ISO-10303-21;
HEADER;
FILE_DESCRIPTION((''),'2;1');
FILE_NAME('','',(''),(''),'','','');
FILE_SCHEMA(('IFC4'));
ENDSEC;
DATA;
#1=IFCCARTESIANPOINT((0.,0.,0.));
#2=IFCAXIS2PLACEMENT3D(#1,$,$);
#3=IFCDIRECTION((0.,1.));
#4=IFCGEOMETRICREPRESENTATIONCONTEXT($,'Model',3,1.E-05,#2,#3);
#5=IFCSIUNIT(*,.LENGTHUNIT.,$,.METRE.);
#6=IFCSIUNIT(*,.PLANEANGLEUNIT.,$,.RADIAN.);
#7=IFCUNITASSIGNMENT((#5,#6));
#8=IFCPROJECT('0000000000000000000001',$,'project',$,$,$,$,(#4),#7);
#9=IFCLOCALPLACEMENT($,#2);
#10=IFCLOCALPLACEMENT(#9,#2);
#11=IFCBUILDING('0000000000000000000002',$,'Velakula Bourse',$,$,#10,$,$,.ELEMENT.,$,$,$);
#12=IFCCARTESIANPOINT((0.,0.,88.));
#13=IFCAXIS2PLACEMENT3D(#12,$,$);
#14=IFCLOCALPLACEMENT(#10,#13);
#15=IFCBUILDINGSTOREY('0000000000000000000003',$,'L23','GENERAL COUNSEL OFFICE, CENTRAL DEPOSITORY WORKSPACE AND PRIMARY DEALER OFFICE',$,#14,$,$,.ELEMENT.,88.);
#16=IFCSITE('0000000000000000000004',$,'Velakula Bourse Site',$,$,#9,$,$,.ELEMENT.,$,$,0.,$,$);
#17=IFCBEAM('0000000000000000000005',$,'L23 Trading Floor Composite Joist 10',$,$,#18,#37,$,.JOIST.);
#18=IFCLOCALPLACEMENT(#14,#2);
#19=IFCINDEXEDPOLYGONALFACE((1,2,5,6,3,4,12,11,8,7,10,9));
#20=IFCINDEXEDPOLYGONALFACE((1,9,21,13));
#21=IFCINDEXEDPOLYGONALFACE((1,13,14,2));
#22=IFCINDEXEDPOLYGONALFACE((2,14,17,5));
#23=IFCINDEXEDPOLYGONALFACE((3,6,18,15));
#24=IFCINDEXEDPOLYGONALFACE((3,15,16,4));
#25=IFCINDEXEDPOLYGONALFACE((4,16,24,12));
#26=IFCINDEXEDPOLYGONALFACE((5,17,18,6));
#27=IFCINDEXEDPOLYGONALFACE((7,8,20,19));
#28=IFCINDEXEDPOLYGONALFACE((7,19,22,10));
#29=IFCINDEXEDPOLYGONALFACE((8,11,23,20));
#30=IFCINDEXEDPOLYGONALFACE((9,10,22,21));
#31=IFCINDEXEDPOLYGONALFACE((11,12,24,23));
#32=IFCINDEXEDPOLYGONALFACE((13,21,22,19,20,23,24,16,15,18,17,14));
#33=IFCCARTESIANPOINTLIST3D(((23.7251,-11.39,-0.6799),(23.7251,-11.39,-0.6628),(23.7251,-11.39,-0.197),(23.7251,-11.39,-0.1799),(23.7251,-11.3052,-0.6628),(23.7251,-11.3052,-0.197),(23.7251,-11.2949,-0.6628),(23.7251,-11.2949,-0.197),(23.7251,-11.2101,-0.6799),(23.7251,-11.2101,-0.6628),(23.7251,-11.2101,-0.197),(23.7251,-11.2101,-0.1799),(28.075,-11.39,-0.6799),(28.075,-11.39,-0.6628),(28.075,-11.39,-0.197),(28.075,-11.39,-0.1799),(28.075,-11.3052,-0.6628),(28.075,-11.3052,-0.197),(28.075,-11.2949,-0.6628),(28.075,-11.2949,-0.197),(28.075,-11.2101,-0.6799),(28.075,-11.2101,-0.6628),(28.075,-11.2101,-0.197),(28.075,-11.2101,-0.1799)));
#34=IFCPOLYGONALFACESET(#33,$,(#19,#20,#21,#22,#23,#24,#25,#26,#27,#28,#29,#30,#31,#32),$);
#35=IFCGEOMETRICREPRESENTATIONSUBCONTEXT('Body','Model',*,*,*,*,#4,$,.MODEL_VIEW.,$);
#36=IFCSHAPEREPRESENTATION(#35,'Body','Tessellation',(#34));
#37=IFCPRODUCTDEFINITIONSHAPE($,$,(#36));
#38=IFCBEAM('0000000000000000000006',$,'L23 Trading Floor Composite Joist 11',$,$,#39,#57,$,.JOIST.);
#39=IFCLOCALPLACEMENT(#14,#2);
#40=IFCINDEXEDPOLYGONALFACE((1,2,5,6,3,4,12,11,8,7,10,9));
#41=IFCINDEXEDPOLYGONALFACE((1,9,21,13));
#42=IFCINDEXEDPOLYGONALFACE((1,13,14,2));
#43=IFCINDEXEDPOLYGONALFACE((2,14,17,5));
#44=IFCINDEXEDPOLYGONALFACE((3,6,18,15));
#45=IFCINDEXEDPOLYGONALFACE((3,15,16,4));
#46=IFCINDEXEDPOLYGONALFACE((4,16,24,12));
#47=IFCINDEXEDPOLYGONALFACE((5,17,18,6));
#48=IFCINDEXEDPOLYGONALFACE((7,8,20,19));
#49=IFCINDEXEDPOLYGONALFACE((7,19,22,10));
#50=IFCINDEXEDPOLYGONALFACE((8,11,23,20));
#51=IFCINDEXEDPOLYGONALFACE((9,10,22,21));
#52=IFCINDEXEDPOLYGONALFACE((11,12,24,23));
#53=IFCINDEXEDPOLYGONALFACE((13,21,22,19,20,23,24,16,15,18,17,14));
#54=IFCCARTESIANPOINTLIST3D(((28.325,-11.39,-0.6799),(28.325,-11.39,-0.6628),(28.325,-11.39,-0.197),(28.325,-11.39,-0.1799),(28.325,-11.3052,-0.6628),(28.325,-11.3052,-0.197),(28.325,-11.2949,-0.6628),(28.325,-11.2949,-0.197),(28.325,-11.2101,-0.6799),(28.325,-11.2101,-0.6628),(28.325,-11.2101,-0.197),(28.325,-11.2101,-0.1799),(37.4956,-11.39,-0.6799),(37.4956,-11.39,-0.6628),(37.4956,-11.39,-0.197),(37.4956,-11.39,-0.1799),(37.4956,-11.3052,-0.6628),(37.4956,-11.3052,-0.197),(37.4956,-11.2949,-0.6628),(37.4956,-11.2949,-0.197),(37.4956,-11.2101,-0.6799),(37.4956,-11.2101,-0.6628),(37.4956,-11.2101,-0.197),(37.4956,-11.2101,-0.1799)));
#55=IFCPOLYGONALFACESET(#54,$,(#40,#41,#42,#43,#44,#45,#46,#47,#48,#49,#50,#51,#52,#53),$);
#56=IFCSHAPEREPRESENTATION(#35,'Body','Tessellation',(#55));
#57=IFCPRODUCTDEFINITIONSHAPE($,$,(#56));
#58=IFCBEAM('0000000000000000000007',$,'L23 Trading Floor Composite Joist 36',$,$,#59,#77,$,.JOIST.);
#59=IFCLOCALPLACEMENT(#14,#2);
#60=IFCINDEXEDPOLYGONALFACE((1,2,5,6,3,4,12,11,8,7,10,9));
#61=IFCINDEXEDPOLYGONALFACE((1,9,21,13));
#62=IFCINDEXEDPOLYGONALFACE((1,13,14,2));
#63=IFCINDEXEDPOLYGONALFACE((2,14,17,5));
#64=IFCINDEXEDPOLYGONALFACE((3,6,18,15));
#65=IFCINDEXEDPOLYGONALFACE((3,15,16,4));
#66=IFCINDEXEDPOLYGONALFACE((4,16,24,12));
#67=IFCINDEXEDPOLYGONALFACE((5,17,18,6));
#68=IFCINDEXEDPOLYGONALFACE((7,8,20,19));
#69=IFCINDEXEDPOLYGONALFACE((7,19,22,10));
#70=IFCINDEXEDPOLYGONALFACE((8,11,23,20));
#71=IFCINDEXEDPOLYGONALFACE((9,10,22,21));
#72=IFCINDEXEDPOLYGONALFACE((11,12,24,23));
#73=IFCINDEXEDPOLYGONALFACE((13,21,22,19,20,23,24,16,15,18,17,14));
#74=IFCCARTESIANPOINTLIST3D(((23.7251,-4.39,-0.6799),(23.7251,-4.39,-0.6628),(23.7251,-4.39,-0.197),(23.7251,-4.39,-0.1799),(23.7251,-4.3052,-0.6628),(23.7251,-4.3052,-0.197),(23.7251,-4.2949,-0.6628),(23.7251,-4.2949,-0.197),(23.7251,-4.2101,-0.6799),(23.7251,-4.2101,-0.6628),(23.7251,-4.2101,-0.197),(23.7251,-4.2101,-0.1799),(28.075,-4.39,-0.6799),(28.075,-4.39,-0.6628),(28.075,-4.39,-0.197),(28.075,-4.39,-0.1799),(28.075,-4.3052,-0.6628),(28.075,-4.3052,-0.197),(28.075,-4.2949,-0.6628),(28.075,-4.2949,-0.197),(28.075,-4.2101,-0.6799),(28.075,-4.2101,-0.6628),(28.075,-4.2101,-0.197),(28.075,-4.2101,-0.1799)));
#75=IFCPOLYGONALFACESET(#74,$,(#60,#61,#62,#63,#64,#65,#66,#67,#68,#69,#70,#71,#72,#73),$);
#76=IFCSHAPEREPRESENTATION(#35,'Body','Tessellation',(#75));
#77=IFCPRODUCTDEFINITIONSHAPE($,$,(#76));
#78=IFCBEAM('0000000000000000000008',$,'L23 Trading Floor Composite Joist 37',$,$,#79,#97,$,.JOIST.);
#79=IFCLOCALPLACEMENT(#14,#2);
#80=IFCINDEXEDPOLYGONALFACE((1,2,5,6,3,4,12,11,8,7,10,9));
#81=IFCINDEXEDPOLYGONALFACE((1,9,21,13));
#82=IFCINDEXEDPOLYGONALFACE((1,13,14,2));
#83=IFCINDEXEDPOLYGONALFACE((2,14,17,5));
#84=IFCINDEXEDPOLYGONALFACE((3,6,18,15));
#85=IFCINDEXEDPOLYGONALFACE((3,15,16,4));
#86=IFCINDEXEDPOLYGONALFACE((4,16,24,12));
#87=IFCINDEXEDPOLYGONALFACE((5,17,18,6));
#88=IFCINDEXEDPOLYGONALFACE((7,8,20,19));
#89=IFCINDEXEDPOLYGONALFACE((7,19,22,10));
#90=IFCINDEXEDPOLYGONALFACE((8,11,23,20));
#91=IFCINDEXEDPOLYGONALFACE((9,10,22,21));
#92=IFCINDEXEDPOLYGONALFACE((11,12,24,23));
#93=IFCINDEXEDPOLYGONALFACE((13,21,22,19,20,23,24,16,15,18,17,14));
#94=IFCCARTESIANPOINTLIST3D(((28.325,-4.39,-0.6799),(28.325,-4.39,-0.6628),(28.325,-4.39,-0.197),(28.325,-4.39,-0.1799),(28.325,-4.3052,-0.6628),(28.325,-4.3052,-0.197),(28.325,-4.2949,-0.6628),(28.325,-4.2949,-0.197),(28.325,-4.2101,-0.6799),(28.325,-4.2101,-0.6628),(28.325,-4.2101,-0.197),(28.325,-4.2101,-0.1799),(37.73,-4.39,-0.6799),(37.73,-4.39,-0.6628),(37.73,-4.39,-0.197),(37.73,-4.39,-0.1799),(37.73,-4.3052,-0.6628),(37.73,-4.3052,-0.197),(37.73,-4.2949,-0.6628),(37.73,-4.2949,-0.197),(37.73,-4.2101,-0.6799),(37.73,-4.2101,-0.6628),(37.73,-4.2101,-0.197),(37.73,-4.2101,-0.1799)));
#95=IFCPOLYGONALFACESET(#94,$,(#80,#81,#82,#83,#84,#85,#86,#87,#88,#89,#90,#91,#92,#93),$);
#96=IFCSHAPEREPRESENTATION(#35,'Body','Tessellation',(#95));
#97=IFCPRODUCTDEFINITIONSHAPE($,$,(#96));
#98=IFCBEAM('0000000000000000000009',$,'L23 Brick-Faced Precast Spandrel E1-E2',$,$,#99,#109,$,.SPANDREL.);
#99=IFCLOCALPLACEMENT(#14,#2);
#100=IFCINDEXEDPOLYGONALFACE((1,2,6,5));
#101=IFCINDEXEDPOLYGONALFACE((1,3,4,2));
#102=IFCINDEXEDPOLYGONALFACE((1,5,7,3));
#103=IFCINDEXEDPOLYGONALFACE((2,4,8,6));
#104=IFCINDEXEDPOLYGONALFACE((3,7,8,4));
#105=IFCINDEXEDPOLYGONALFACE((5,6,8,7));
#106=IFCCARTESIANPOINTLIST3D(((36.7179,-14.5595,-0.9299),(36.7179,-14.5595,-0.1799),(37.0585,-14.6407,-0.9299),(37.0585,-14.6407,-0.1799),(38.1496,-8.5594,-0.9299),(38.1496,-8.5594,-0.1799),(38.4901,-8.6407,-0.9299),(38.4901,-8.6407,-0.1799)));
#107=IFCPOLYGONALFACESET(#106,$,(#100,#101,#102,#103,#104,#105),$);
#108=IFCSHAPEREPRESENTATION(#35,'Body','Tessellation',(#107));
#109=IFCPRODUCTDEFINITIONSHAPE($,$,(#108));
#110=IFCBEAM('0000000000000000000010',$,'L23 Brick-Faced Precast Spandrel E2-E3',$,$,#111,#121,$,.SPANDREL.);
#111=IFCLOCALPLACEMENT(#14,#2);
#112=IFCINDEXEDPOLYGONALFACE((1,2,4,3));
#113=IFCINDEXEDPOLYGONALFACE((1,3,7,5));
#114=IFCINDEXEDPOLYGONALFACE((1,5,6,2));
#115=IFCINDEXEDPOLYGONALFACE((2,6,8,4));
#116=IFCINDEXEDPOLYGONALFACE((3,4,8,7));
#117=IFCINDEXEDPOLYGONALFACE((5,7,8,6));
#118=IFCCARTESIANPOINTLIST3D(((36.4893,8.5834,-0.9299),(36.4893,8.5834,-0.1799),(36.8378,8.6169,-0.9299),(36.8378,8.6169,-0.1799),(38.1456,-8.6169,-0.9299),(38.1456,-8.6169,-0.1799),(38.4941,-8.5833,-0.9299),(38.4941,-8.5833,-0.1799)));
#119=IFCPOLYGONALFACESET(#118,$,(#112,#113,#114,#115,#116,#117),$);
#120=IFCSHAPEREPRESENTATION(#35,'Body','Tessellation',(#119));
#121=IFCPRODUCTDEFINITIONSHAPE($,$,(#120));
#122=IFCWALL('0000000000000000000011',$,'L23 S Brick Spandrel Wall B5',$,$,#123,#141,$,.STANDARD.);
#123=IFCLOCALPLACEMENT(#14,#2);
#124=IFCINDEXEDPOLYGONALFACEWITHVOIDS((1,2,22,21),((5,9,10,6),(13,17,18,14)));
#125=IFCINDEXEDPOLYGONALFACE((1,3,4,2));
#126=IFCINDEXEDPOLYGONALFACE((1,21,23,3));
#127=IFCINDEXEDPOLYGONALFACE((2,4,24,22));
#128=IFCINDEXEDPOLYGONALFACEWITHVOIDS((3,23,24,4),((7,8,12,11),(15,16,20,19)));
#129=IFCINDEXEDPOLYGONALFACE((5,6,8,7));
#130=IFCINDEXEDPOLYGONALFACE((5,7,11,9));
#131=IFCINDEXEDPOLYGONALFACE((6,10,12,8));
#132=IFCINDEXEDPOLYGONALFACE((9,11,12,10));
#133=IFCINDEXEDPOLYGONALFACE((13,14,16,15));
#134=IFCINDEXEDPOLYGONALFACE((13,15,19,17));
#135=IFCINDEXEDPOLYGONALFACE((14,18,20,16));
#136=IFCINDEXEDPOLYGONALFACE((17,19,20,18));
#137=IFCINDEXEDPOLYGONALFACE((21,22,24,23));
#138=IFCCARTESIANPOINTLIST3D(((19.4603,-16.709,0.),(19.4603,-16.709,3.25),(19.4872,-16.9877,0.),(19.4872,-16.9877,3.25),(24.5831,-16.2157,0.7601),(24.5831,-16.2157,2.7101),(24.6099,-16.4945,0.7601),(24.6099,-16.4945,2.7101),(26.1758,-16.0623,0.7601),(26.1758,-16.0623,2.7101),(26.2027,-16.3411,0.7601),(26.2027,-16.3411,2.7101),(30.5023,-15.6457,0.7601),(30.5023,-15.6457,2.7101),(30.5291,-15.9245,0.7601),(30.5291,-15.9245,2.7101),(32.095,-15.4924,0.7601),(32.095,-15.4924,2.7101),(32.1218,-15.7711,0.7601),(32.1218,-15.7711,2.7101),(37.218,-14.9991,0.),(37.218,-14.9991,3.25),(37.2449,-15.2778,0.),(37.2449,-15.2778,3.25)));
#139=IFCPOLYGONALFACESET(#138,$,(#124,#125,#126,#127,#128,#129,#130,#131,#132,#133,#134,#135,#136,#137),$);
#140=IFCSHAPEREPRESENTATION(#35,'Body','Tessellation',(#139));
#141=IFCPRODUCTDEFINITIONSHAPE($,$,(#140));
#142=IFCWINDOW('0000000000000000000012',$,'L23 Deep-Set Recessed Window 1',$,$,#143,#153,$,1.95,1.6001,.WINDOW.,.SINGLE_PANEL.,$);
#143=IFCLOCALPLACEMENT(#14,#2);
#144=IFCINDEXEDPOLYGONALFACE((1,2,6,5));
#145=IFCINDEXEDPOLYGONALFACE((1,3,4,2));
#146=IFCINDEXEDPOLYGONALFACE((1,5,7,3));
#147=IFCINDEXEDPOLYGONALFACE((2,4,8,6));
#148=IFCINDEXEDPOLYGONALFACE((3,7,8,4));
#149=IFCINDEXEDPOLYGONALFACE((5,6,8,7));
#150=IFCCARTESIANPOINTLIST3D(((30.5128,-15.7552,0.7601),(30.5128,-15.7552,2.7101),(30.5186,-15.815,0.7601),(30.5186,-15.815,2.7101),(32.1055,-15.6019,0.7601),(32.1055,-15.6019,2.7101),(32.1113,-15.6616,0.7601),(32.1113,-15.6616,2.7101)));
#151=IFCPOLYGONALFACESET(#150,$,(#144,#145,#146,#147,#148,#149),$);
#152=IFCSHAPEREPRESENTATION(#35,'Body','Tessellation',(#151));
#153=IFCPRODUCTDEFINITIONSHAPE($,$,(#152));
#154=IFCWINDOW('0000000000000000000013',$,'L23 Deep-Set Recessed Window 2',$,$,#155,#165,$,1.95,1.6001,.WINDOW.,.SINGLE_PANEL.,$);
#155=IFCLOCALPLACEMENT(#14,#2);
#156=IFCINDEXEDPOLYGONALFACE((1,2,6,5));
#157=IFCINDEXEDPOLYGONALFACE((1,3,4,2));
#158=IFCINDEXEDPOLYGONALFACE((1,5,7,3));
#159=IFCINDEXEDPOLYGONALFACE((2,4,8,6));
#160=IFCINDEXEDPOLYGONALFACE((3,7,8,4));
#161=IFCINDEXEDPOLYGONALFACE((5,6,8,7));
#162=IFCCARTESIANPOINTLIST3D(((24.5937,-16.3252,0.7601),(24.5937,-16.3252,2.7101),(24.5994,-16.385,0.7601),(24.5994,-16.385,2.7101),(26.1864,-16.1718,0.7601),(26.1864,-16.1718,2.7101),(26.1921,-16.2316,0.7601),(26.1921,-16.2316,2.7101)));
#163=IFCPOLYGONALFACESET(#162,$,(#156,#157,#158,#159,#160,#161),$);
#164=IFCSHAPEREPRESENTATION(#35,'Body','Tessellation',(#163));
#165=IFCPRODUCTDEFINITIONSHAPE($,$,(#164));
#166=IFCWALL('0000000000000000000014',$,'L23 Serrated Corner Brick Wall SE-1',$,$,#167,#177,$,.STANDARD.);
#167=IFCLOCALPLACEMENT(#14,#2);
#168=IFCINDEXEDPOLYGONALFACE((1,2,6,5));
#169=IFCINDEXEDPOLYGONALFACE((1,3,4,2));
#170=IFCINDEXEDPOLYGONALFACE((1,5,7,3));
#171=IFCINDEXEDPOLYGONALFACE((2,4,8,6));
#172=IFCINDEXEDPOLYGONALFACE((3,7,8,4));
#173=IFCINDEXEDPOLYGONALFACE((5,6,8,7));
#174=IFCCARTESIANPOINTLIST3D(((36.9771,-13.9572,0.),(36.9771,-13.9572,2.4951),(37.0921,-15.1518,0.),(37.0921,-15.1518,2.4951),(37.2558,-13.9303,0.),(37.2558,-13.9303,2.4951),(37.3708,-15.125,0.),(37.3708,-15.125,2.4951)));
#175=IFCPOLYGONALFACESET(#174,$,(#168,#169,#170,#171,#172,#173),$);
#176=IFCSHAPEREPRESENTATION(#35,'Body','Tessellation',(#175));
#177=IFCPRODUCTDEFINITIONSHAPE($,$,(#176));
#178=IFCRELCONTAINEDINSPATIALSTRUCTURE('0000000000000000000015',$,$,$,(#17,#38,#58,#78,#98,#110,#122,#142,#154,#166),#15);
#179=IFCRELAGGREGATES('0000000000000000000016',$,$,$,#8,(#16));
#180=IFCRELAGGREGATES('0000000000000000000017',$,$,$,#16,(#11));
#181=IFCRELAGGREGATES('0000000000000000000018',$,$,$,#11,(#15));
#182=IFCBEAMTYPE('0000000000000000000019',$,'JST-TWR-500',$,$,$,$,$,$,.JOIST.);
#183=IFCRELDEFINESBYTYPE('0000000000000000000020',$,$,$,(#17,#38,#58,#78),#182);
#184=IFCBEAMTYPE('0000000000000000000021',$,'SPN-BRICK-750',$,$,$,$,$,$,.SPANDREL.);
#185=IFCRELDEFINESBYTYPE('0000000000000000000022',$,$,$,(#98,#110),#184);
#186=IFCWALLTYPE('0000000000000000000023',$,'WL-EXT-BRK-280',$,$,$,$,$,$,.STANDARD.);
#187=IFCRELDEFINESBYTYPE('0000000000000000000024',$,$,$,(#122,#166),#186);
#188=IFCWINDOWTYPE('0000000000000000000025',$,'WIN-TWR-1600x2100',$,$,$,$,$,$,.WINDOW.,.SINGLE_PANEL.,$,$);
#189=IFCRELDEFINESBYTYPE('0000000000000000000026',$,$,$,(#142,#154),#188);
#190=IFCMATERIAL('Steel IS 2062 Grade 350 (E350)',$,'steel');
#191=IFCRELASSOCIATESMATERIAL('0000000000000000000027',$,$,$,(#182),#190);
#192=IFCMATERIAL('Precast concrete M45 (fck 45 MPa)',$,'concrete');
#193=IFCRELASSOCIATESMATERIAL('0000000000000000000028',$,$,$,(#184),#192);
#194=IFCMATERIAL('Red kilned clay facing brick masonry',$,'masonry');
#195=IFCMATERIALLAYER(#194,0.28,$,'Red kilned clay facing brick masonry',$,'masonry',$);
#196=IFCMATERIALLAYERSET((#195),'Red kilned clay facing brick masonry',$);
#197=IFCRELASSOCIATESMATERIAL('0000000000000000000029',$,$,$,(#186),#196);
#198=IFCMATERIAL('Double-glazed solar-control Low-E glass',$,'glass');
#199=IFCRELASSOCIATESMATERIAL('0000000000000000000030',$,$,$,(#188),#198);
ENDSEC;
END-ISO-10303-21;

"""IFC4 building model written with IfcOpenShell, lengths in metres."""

from ifc_helpers import new_model, si_unit, direction, frame, frame_2d, origin, origin_2d, place, context, subcontext, project, spatial, rectangle, i_section, extrude, material, layer, layer_set, material_profile, profile_set, type_object, element, fill, save


model = new_model("IFC4")

# Units and contexts
model_context = context("Model", 3, precision=1e-05, world=origin(), true_north=direction((0.0, 1.0)))
body_context = subcontext(model_context, "Body", "Model", "MODEL_VIEW")
ifc_project = project(units=[si_unit("LENGTHUNIT", "METRE"), si_unit("PLANEANGLEUNIT", "RADIAN")], contexts=[model_context])

# Site, building, storey
site_placement = place(None, origin())
site = spatial("IfcSite", under=ifc_project, at=site_placement, Name="Velakula Bourse Site", CompositionType="ELEMENT", RefElevation=0.0)
building_placement = place(site_placement, origin())
building = spatial("IfcBuilding", under=site, at=building_placement, Name="Velakula Bourse", CompositionType="ELEMENT")
storey_placement = place(building_placement, frame((0.0, 0.0, 88.0)))
storey = spatial("IfcBuildingStorey", under=building, at=storey_placement, Name="L23", Description="GENERAL COUNSEL OFFICE, CENTRAL DEPOSITORY WORKSPACE AND PRIMARY DEALER OFFICE", CompositionType="ELEMENT", Elevation=88.0)

# Beams
ifc_material_1 = material(Name="Steel IS 2062 Grade 350 (E350)", Category="steel")
ifc_material_profile_1 = material_profile(ifc_material_1, i_section(OverallWidth=0.1799, OverallDepth=0.5, WebThickness=0.0103, FlangeThickness=0.0171, at=origin_2d()), Name="Steel IS 2062 Grade 350 (E350)")
ifc_profile_set_1 = profile_set([ifc_material_profile_1], Name="Steel IS 2062 Grade 350 (E350)")
beam_type_1 = type_object("IfcBeamType", Name="JST-TWR-500", PredefinedType="JOIST", material=ifc_profile_set_1)
beam_1_placement = place(storey_placement, frame((23.7251, -11.3, -0.4299), z_axis=(1.0, 0.0, 0.0), x_axis=(0.0, 1.0, 0.0)))
element("IfcBeam", 1, at=beam_1_placement, inside=storey, type_object=beam_type_1, Name="L23 Trading Floor Composite Joist 10", PredefinedType="JOIST", context=body_context, shape_type="SweptSolid", body=[
    extrude(i_section(OverallWidth=0.1799, OverallDepth=0.5, WebThickness=0.0103, FlangeThickness=0.0171, at=origin_2d()), origin(), (0.0, 0.0, 1.0), 4.3499),
])
beam_2_placement = place(storey_placement, frame((28.325, -11.3, -0.4299), z_axis=(1.0, 0.0, 0.0), x_axis=(0.0, 1.0, 0.0)))
element("IfcBeam", 2, at=beam_2_placement, inside=storey, type_object=beam_type_1, Name="L23 Trading Floor Composite Joist 11", PredefinedType="JOIST", context=body_context, shape_type="SweptSolid", body=[
    extrude(i_section(OverallWidth=0.1799, OverallDepth=0.5, WebThickness=0.0103, FlangeThickness=0.0171, at=origin_2d()), origin(), (0.0, 0.0, 1.0), 9.1707),
])
beam_3_placement = place(storey_placement, frame((23.7251, -4.3, -0.4299), z_axis=(1.0, 0.0, 0.0), x_axis=(0.0, 1.0, 0.0)))
element("IfcBeam", 3, at=beam_3_placement, inside=storey, type_object=beam_type_1, Name="L23 Trading Floor Composite Joist 36", PredefinedType="JOIST", context=body_context, shape_type="SweptSolid", body=[
    extrude(i_section(OverallWidth=0.1799, OverallDepth=0.5, WebThickness=0.0103, FlangeThickness=0.0171, at=origin_2d()), origin(), (0.0, 0.0, 1.0), 4.3499),
])
beam_4_placement = place(storey_placement, frame((28.325, -4.3, -0.4299), z_axis=(1.0, 0.0, 0.0), x_axis=(0.0, 1.0, 0.0)))
element("IfcBeam", 4, at=beam_4_placement, inside=storey, type_object=beam_type_1, Name="L23 Trading Floor Composite Joist 37", PredefinedType="JOIST", context=body_context, shape_type="SweptSolid", body=[
    extrude(i_section(OverallWidth=0.1799, OverallDepth=0.5, WebThickness=0.0103, FlangeThickness=0.0171, at=origin_2d()), origin(), (0.0, 0.0, 1.0), 9.405),
])
ifc_material_2 = material(Name="Precast concrete M45 (fck 45 MPa)", Category="concrete")
ifc_material_profile_2 = material_profile(ifc_material_2, rectangle(XDim=0.3501, YDim=0.75, at=origin_2d()), Name="Precast concrete M45 (fck 45 MPa)")
ifc_profile_set_2 = profile_set([ifc_material_profile_2], Name="Precast concrete M45 (fck 45 MPa)")
beam_type_2 = type_object("IfcBeamType", Name="SPN-BRICK-750", PredefinedType="SPANDREL", material=ifc_profile_set_2)
beam_5_placement = place(storey_placement, frame((36.8882, -14.6001, -0.5549), z_axis=(0.232091, 0.972694, 0.0), x_axis=(-0.972694, 0.232091, 0.0)))
element("IfcBeam", 5, at=beam_5_placement, inside=storey, type_object=beam_type_2, Name="L23 Brick-Faced Precast Spandrel E1-E2", PredefinedType="SPANDREL", context=body_context, shape_type="SweptSolid", body=[
    extrude(rectangle(XDim=0.3501, YDim=0.75, at=origin_2d()), origin(), (0.0, 0.0, 1.0), 6.1685),
])
beam_6_placement = place(storey_placement, frame((38.3198, -8.6001, -0.5549), z_axis=(-0.095849, 0.995396, 0.0), x_axis=(-0.995396, -0.095849, 0.0)))
element("IfcBeam", 6, at=beam_6_placement, inside=storey, type_object=beam_type_2, Name="L23 Brick-Faced Precast Spandrel E2-E3", PredefinedType="SPANDREL", context=body_context, shape_type="SweptSolid", body=[
    extrude(rectangle(XDim=0.3501, YDim=0.75, at=origin_2d()), origin(), (0.0, 0.0, 1.0), 17.2798),
])

# Wall, openings, windows
ifc_material_3 = material(Name="Red kilned clay facing brick masonry", Category="masonry")
ifc_layer_1 = layer(ifc_material_3, 0.28, Name="Red kilned clay facing brick masonry", Category="masonry")
ifc_layer_set_1 = layer_set([ifc_layer_1], Name="Red kilned clay facing brick masonry")
wall_type_1 = type_object("IfcWallType", Name="WL-EXT-BRK-280", PredefinedType="STANDARD", material=ifc_layer_set_1)
wall_1_placement = place(storey_placement, frame((37.2314, -15.1384, 0.0), z_axis=(0.0, 0.0, 1.0), x_axis=(-0.995396, -0.09585, 0.0)))
wall_1 = element("IfcWall", 7, at=wall_1_placement, inside=storey, type_object=wall_type_1, Name="L23 S Brick Spandrel Wall B5", PredefinedType="STANDARD", context=body_context, shape_type="SweptSolid", body=[
    extrude(rectangle(XDim=17.8398, YDim=0.28, at=frame_2d((8.9199, 0.0))), origin(), (0.0, 0.0, 1.0), 3.25),
])
opening_1_placement = place(wall_1_placement, frame((5.1467, 0.0, 0.76)))
opening_1 = element("IfcOpeningElement", 8, at=opening_1_placement, cuts=wall_1, PredefinedType="OPENING", context=body_context, shape_type="SweptSolid", body=[
    extrude(rectangle(XDim=1.6001, YDim=1.95, at=frame_2d((0.8, 0.9751))), frame((0.0, 0.1499, 0.0), z_axis=(0.0, -1.0, 0.0), x_axis=(1.0, 0.0, 0.0)), (0.0, 0.0, 1.0), 0.3),
])
opening_2_placement = place(wall_1_placement, frame((11.0933, 0.0, 0.76)))
opening_2 = element("IfcOpeningElement", 9, at=opening_2_placement, cuts=wall_1, PredefinedType="OPENING", context=body_context, shape_type="SweptSolid", body=[
    extrude(rectangle(XDim=1.6001, YDim=1.95, at=frame_2d((0.8, 0.9751))), frame((0.0, 0.1499, 0.0), z_axis=(0.0, -1.0, 0.0), x_axis=(1.0, 0.0, 0.0)), (0.0, 0.0, 1.0), 0.3),
])
ifc_material_4 = material(Name="Double-glazed solar-control Low-E glass", Category="glass")
window_type = type_object("IfcWindowType", Name="WIN-TWR-1600x2100", PartitioningType="SINGLE_PANEL", PredefinedType="WINDOW", material=ifc_material_4)
window_1_placement = place(opening_1_placement, origin())
window_1 = element("IfcWindow", 10, at=window_1_placement, inside=storey, type_object=window_type, Name="L23 Deep-Set Recessed Window 1", OverallHeight=1.95, OverallWidth=1.6001, PartitioningType="SINGLE_PANEL", PredefinedType="WINDOW", context=body_context, shape_type="SweptSolid", body=[
    extrude(rectangle(XDim=1.6001, YDim=1.95, at=frame_2d((0.8, 0.9751))), frame((0.0, 0.03, 0.0), z_axis=(0.0, -1.0, 0.0), x_axis=(1.0, 0.0, 0.0)), (0.0, 0.0, 1.0), 0.0601),
])
fill(opening_1, window_1)
window_2_placement = place(opening_2_placement, origin())
window_2 = element("IfcWindow", 11, at=window_2_placement, inside=storey, type_object=window_type, Name="L23 Deep-Set Recessed Window 2", OverallHeight=1.95, OverallWidth=1.6001, PartitioningType="SINGLE_PANEL", PredefinedType="WINDOW", context=body_context, shape_type="SweptSolid", body=[
    extrude(rectangle(XDim=1.6001, YDim=1.95, at=frame_2d((0.8, 0.9751))), frame((0.0, 0.03, 0.0), z_axis=(0.0, -1.0, 0.0), x_axis=(1.0, 0.0, 0.0)), (0.0, 0.0, 1.0), 0.0601),
])
fill(opening_2, window_2)

# Wall
for number, where, z_axis, x_axis, name in (
    (12, (37.2314, -15.1384, 0.0), (0.0, 0.0, 1.0), (-0.095817, 0.995399, 0.0), "L23 Serrated Corner Brick Wall SE-1"),
):
    element("IfcWall", number, at=place(storey_placement, frame(where, z_axis=z_axis, x_axis=x_axis)), inside=storey, type_object=wall_type_1, Name=name, PredefinedType="STANDARD", context=body_context, shape_type="SweptSolid", body=[
        extrude(rectangle(XDim=1.2002, YDim=0.28, at=frame_2d((0.6001, 0.0))), origin(), (0.0, 0.0, 1.0), 2.4951),
    ])

save(model, "model.ifc")
